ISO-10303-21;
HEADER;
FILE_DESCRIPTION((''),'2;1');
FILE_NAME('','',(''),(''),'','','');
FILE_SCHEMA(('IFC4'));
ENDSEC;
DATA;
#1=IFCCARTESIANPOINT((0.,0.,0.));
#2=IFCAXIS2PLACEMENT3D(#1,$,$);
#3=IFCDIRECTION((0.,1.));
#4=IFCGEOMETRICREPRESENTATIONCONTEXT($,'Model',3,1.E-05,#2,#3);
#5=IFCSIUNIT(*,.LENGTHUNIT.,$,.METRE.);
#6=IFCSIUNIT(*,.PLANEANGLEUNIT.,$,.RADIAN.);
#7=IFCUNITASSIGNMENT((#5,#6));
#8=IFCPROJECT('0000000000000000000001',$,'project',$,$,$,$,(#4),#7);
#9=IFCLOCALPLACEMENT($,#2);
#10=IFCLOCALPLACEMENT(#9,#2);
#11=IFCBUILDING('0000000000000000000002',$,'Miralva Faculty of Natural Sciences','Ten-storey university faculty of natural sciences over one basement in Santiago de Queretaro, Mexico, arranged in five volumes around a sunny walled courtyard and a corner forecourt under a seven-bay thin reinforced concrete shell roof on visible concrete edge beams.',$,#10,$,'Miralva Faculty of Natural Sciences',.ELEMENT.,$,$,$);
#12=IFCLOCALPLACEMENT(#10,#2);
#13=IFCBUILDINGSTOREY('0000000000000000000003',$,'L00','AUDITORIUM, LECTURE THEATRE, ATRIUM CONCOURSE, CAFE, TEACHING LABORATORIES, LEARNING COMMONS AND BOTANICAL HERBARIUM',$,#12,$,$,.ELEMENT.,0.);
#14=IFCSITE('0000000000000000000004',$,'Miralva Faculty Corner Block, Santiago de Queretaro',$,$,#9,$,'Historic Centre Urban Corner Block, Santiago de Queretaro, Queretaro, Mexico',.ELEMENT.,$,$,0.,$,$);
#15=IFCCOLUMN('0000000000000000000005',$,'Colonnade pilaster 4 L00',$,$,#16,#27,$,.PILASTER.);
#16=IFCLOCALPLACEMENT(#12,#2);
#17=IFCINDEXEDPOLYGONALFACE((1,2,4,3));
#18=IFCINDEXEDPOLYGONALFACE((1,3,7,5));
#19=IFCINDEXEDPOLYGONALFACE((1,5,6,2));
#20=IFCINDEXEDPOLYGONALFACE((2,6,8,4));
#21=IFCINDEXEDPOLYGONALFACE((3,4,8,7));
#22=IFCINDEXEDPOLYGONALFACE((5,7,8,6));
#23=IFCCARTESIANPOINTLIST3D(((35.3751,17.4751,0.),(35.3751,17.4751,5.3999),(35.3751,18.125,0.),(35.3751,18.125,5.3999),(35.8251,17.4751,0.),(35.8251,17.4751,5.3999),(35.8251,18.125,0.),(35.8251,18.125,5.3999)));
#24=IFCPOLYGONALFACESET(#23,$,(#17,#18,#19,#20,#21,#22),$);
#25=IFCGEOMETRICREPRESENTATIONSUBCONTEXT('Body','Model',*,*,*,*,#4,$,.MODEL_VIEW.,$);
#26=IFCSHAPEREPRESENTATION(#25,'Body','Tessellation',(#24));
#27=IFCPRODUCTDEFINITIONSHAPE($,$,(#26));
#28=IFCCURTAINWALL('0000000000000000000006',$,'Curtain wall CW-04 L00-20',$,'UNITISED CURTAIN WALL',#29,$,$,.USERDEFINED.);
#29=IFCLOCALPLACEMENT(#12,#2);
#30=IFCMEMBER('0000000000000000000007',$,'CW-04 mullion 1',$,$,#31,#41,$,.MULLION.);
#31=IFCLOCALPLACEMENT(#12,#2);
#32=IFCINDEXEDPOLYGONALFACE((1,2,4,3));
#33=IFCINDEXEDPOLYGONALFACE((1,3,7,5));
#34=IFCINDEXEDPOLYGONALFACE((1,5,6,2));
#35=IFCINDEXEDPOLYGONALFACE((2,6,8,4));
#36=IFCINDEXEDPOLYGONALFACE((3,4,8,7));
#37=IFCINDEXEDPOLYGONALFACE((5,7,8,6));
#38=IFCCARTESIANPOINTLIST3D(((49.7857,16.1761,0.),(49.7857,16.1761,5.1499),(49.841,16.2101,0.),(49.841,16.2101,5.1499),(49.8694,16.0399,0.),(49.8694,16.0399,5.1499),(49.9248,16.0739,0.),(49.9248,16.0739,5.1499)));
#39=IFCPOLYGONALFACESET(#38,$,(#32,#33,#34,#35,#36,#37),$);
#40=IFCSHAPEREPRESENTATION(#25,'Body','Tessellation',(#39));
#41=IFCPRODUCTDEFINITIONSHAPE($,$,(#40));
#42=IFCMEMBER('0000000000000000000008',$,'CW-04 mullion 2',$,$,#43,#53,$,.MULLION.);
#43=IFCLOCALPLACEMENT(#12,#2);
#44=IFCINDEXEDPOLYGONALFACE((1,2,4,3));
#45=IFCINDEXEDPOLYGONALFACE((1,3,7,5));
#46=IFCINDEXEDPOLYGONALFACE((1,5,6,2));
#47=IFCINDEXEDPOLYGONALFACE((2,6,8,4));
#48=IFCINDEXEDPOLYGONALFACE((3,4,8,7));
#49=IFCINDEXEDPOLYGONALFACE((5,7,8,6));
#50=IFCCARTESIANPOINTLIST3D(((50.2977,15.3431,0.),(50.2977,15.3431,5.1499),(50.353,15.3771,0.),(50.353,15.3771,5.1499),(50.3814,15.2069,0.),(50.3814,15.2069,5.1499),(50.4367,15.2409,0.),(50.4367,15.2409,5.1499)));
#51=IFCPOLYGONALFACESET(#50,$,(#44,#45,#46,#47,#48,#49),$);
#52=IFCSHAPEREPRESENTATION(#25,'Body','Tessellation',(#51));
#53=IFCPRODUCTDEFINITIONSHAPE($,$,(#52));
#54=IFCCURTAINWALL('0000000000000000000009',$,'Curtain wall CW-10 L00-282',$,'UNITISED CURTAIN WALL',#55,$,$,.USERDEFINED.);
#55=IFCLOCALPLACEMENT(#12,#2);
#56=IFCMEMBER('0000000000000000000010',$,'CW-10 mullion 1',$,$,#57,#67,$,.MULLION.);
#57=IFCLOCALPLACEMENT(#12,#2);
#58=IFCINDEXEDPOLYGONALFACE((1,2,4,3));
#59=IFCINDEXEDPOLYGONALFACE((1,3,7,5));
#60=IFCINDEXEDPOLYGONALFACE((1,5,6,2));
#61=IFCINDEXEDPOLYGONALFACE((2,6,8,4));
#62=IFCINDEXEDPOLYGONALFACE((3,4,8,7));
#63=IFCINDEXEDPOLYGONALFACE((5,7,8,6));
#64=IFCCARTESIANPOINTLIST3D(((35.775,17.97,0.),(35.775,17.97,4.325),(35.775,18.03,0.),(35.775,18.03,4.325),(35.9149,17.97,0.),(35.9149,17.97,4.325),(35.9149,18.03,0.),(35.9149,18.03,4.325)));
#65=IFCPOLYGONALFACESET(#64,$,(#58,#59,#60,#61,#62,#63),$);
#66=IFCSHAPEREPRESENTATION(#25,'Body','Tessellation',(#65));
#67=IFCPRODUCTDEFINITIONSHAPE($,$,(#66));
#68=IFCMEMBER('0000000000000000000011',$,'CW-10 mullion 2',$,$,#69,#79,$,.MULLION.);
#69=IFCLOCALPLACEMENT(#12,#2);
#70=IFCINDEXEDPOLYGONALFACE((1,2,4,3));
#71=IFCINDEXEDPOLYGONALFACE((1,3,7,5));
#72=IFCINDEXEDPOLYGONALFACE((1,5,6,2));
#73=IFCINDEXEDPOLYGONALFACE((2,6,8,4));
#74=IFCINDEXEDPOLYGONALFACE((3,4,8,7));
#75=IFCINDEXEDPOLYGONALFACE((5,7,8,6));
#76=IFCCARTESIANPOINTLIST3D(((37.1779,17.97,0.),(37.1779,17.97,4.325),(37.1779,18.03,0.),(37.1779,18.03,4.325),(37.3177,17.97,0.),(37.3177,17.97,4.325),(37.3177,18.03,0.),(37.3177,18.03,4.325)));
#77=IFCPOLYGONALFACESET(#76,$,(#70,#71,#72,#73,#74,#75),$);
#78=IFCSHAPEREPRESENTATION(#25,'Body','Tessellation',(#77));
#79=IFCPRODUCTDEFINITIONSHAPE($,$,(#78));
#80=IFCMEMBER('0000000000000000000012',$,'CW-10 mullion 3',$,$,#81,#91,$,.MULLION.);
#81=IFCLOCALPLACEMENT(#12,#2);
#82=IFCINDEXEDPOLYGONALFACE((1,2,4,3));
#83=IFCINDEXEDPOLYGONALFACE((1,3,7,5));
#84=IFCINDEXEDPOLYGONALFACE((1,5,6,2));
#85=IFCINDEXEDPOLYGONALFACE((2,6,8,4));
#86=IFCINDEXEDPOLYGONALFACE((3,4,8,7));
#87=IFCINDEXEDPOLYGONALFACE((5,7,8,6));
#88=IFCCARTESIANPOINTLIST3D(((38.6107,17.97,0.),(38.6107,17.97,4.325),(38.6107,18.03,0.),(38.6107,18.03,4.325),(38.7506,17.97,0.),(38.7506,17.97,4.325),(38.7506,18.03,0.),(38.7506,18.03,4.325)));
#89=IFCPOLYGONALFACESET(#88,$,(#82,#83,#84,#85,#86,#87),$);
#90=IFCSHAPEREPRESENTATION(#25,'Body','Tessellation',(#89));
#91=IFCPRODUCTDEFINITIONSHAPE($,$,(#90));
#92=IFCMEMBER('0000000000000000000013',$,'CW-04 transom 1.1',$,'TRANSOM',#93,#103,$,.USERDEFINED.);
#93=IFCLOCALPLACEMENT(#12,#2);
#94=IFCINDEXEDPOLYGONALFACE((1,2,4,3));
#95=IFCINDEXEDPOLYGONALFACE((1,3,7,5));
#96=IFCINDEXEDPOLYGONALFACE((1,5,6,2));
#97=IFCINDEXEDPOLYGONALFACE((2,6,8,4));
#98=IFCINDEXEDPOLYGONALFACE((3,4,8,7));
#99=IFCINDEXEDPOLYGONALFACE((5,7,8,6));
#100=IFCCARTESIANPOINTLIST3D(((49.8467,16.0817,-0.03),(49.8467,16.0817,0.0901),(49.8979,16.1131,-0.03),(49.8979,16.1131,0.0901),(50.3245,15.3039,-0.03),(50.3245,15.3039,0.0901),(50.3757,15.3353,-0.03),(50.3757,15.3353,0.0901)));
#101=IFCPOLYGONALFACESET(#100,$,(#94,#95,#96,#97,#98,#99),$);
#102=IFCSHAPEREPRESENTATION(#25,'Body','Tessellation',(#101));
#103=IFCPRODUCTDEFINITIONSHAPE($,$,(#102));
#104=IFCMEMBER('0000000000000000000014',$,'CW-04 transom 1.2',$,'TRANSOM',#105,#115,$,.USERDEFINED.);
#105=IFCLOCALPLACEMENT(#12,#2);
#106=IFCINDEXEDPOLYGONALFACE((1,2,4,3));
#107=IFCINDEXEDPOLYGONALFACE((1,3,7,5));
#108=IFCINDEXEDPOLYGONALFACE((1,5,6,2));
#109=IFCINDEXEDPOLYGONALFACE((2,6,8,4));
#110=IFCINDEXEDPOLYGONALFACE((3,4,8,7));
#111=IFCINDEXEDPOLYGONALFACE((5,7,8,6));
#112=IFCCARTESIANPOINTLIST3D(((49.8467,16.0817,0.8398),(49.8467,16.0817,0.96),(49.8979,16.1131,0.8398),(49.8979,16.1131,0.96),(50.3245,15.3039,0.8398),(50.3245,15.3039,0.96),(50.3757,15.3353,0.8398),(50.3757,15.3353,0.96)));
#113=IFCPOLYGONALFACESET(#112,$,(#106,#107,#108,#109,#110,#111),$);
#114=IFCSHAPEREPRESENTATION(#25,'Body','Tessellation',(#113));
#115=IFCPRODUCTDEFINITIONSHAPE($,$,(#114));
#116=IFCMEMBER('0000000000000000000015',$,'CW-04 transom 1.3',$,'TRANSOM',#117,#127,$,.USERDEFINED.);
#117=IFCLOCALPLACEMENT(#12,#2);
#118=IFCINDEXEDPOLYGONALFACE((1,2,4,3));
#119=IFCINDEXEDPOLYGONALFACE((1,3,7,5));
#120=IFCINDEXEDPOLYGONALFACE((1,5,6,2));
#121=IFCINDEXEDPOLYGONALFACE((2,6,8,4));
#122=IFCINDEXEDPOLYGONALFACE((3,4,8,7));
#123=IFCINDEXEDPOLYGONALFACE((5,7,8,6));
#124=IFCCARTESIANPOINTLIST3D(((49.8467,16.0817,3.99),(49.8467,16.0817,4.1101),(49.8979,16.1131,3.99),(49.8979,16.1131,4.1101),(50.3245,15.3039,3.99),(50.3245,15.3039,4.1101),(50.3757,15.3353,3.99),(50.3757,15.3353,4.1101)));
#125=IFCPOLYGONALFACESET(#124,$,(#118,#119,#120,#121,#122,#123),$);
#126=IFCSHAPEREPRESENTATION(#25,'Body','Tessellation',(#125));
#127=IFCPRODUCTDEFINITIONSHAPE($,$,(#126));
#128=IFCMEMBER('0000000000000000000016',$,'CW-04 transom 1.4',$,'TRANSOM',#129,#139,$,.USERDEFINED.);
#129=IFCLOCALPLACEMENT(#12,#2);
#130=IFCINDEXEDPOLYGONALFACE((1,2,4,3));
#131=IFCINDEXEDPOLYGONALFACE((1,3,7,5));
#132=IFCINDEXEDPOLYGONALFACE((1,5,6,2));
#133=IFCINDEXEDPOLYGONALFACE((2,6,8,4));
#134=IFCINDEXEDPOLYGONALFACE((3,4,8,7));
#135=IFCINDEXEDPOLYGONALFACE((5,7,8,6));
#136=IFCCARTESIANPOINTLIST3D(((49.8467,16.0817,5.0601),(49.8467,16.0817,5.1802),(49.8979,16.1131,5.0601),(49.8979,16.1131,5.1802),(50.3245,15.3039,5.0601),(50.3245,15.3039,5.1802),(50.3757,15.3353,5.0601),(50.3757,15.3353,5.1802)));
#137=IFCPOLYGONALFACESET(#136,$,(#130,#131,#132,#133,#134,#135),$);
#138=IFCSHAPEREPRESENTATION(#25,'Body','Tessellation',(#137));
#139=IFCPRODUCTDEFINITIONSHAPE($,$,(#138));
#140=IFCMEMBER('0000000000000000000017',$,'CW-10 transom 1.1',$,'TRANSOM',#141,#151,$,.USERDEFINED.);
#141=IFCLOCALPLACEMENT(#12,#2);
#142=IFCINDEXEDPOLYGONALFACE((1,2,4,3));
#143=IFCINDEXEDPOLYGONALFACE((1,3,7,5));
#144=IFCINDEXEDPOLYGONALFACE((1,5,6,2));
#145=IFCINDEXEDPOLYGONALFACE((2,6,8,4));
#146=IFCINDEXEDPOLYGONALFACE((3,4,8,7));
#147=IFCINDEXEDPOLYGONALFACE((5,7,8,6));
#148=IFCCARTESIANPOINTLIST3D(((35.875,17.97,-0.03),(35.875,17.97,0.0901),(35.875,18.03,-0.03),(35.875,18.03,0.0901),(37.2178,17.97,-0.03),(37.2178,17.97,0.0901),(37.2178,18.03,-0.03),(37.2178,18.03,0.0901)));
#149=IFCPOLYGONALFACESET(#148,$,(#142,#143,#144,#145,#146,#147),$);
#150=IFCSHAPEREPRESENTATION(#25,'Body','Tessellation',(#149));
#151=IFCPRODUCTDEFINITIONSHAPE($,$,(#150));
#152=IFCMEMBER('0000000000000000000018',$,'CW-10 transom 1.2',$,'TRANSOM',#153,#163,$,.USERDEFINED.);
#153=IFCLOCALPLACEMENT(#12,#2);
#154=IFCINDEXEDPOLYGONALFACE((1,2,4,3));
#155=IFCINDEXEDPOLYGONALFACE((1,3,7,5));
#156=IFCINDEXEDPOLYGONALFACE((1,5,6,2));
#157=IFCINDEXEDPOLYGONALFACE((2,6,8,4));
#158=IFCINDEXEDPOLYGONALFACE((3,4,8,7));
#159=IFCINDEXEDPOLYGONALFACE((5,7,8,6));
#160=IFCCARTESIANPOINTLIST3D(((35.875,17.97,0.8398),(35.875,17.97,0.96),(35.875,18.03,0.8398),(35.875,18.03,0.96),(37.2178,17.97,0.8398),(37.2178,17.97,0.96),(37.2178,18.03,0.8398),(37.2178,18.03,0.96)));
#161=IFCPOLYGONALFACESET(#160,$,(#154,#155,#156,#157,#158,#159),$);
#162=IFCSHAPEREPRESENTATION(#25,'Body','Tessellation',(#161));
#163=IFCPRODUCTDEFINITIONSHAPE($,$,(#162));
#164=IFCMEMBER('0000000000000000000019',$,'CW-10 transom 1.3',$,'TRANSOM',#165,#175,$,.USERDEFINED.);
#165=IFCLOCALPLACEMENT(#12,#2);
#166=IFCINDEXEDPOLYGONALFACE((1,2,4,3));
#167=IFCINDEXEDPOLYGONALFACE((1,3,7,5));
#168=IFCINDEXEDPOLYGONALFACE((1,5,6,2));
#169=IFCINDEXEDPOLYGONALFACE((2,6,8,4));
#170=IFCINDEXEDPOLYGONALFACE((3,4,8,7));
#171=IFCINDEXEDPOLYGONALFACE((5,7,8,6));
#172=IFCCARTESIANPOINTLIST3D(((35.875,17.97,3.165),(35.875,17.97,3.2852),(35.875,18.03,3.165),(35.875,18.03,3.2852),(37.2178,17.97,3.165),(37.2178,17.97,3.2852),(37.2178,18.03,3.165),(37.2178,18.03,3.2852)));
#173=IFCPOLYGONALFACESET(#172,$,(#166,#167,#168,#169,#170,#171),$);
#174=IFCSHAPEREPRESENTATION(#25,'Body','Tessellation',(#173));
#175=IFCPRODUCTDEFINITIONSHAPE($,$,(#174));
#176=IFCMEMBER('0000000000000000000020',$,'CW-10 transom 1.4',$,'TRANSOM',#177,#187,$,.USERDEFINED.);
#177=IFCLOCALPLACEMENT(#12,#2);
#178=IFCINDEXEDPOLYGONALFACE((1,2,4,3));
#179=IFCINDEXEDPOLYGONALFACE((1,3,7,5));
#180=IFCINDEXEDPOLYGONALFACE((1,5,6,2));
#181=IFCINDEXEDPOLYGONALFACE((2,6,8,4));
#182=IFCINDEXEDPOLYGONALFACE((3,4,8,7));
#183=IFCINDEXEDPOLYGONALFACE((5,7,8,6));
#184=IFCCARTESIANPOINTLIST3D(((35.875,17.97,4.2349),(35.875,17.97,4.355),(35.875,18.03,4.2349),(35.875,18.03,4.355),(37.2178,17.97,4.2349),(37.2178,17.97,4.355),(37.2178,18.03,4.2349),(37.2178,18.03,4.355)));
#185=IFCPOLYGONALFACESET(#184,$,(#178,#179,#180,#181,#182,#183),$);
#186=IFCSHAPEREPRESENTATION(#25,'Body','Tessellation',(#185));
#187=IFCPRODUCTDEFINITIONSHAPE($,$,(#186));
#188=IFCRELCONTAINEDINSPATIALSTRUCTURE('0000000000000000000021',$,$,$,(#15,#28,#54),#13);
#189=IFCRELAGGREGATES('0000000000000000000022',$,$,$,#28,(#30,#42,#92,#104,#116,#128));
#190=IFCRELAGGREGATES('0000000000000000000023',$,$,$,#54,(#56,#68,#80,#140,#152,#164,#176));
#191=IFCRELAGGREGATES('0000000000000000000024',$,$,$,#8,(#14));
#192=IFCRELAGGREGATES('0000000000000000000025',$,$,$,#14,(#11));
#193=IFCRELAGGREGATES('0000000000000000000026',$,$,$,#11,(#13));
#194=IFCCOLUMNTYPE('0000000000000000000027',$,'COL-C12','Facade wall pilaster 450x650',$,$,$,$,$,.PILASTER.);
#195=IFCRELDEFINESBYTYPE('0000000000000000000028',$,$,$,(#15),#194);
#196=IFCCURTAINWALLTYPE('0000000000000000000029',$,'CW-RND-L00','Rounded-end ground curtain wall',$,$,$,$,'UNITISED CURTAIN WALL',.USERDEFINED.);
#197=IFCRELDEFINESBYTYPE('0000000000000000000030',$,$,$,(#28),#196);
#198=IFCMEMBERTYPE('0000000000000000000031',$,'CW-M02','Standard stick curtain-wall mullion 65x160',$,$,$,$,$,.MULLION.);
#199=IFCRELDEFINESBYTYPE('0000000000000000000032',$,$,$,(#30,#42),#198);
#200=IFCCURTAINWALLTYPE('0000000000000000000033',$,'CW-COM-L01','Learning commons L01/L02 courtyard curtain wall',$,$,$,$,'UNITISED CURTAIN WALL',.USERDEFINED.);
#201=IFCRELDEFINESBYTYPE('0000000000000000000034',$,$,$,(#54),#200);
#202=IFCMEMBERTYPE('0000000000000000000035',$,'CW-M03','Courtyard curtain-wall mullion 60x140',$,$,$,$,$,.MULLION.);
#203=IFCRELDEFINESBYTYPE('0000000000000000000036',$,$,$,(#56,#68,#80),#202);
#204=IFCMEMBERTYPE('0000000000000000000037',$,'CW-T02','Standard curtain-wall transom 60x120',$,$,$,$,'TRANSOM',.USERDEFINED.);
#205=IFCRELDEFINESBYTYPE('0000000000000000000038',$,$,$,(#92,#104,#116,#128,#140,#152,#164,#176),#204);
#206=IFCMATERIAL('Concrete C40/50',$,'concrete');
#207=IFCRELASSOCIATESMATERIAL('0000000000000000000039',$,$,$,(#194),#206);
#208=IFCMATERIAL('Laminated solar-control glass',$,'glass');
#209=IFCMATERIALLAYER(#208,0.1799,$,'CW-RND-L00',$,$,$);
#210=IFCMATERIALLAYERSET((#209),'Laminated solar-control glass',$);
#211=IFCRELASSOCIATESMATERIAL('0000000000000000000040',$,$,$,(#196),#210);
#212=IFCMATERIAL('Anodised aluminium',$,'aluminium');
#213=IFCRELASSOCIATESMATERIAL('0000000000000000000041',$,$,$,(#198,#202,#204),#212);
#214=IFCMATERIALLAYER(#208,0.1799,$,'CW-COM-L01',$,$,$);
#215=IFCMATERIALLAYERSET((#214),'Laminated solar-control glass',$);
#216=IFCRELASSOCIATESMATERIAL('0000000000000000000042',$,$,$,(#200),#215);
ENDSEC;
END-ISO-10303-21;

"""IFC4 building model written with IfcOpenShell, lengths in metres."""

from ifc_helpers import new_model, si_unit, direction, frame, origin, origin_2d, place, context, subcontext, project, spatial, rectangle, extrude, material, layer, layer_set, material_profile, profile_set, type_object, element, aggregate, save


model = new_model("IFC4")

# Units and contexts
model_context = context("Model", 3, precision=1e-05, world=origin(), true_north=direction((0.0, 1.0)))
body_context = subcontext(model_context, "Body", "Model", "MODEL_VIEW")
ifc_project = project(units=[si_unit("LENGTHUNIT", "METRE"), si_unit("PLANEANGLEUNIT", "RADIAN")], contexts=[model_context])

# Site, building, storey
site_placement = place(None, origin())
site = spatial("IfcSite", under=ifc_project, at=site_placement, Name="Miralva Faculty Corner Block, Santiago de Queretaro", LongName="Historic Centre Urban Corner Block, Santiago de Queretaro, Queretaro, Mexico", CompositionType="ELEMENT", RefElevation=0.0)
building_placement = place(site_placement, origin())
building = spatial("IfcBuilding", under=site, at=building_placement, Name="Miralva Faculty of Natural Sciences", Description="Ten-storey university faculty of natural sciences over one basement in Santiago de Queretaro, Mexico, arranged in five volumes around a sunny walled courtyard and a corner forecourt under a seven-bay thin reinforced concrete shell roof on visible concrete edge beams.", LongName="Miralva Faculty of Natural Sciences", CompositionType="ELEMENT")
storey_placement = place(building_placement, origin())
storey = spatial("IfcBuildingStorey", under=building, at=storey_placement, Name="L00", Description="AUDITORIUM, LECTURE THEATRE, ATRIUM CONCOURSE, CAFE, TEACHING LABORATORIES, LEARNING COMMONS AND BOTANICAL HERBARIUM", CompositionType="ELEMENT", Elevation=0.0)

# Column
ifc_material_1 = material(Name="Concrete C40/50", Category="concrete")
ifc_material_profile_1 = material_profile(ifc_material_1, rectangle(XDim=0.45, YDim=0.6499, at=origin_2d()), Name="RC 450x650")
ifc_profile_set_1 = profile_set([ifc_material_profile_1], Name="Concrete C40/50")
column_type = type_object("IfcColumnType", Name="COL-C12", Description="Facade wall pilaster 450x650", PredefinedType="PILASTER", material=ifc_profile_set_1)
column_placement = place(storey_placement, frame((35.6001, 17.8, 0.0), z_axis=(0.0, 0.0, 1.0), x_axis=(1.0, 0.0, 0.0)))
element("IfcColumn", 1, at=column_placement, inside=storey, type_object=column_type, Name="Colonnade pilaster 4 L00", PredefinedType="PILASTER", context=body_context, shape_type="SweptSolid", body=[
    extrude(rectangle(XDim=0.45, YDim=0.6499, at=origin_2d()), origin(), (0.0, 0.0, 1.0), 5.3999),
])

# Curtain walls, members
ifc_material_2 = material(Name="Laminated solar-control glass", Category="glass")
ifc_layer_1 = layer(ifc_material_2, 0.1799, Name="CW-RND-L00")
ifc_layer_set_1 = layer_set([ifc_layer_1], Name="Laminated solar-control glass")
curtain_wall_type_1 = type_object("IfcCurtainWallType", Name="CW-RND-L00", Description="Rounded-end ground curtain wall", ElementType="UNITISED CURTAIN WALL", PredefinedType="USERDEFINED", material=ifc_layer_set_1)
curtain_wall_1_placement = place(storey_placement, origin())
curtain_wall_1 = element("IfcCurtainWall", 2, at=curtain_wall_1_placement, inside=storey, type_object=curtain_wall_type_1, Name="Curtain wall CW-04 L00-20", ObjectType="UNITISED CURTAIN WALL", PredefinedType="USERDEFINED")
ifc_material_3 = material(Name="Anodised aluminium", Category="aluminium")
ifc_material_profile_2 = material_profile(ifc_material_3, rectangle(XDim=0.0649, YDim=0.1599, at=origin_2d()), Name="MULLION 65x160")
ifc_profile_set_2 = profile_set([ifc_material_profile_2], Name="Anodised aluminium")
member_type_1 = type_object("IfcMemberType", Name="CW-M02", Description="Standard stick curtain-wall mullion 65x160", PredefinedType="MULLION", material=ifc_profile_set_2)
member_1_placement = place(storey_placement, frame((49.8552, 16.125, 0.0), z_axis=(0.0, 0.0, 1.0), x_axis=(0.851995, 0.523551, 0.0)))
member_1 = element("IfcMember", 3, at=member_1_placement, type_object=member_type_1, Name="CW-04 mullion 1", PredefinedType="MULLION", context=body_context, shape_type="SweptSolid", body=[
    extrude(rectangle(XDim=0.0649, YDim=0.1599, at=origin_2d()), origin(), (0.0, 0.0, 1.0), 5.1499),
])
member_2_placement = place(storey_placement, frame((50.3672, 15.292, 0.0), z_axis=(0.0, 0.0, 1.0), x_axis=(0.851995, 0.523551, 0.0)))
member_2 = element("IfcMember", 4, at=member_2_placement, type_object=member_type_1, Name="CW-04 mullion 2", PredefinedType="MULLION", context=body_context, shape_type="SweptSolid", body=[
    extrude(rectangle(XDim=0.0649, YDim=0.1599, at=origin_2d()), origin(), (0.0, 0.0, 1.0), 5.1499),
])
ifc_layer_2 = layer(ifc_material_2, 0.1799, Name="CW-COM-L01")
ifc_layer_set_2 = layer_set([ifc_layer_2], Name="Laminated solar-control glass")
curtain_wall_type_2 = type_object("IfcCurtainWallType", Name="CW-COM-L01", Description="Learning commons L01/L02 courtyard curtain wall", ElementType="UNITISED CURTAIN WALL", PredefinedType="USERDEFINED", material=ifc_layer_set_2)
curtain_wall_2_placement = place(storey_placement, origin())
curtain_wall_2 = element("IfcCurtainWall", 5, at=curtain_wall_2_placement, inside=storey, type_object=curtain_wall_type_2, Name="Curtain wall CW-10 L00-282", ObjectType="UNITISED CURTAIN WALL", PredefinedType="USERDEFINED")
ifc_material_profile_3 = material_profile(ifc_material_3, rectangle(XDim=0.0601, YDim=0.1399, at=origin_2d()), Name="MULLION 60x140")
ifc_profile_set_3 = profile_set([ifc_material_profile_3], Name="Anodised aluminium")
member_type_2 = type_object("IfcMemberType", Name="CW-M03", Description="Courtyard curtain-wall mullion 60x140", PredefinedType="MULLION", material=ifc_profile_set_3)
member_3_placement = place(storey_placement, frame((35.845, 18.0, 0.0), z_axis=(0.0, 0.0, 1.0), x_axis=(0.0, 1.0, 0.0)))
member_3 = element("IfcMember", 6, at=member_3_placement, type_object=member_type_2, Name="CW-10 mullion 1", PredefinedType="MULLION", context=body_context, shape_type="SweptSolid", body=[
    extrude(rectangle(XDim=0.0601, YDim=0.1399, at=origin_2d()), origin(), (0.0, 0.0, 1.0), 4.325),
])
member_4_placement = place(storey_placement, frame((37.2478, 18.0, 0.0), z_axis=(0.0, 0.0, 1.0), x_axis=(0.0, 1.0, 0.0)))
member_4 = element("IfcMember", 7, at=member_4_placement, type_object=member_type_2, Name="CW-10 mullion 2", PredefinedType="MULLION", context=body_context, shape_type="SweptSolid", body=[
    extrude(rectangle(XDim=0.0601, YDim=0.1399, at=origin_2d()), origin(), (0.0, 0.0, 1.0), 4.325),
])
member_5_placement = place(storey_placement, frame((38.6807, 18.0, 0.0), z_axis=(0.0, 0.0, 1.0), x_axis=(0.0, 1.0, 0.0)))
member_5 = element("IfcMember", 8, at=member_5_placement, type_object=member_type_2, Name="CW-10 mullion 3", PredefinedType="MULLION", context=body_context, shape_type="SweptSolid", body=[
    extrude(rectangle(XDim=0.0601, YDim=0.1399, at=origin_2d()), origin(), (0.0, 0.0, 1.0), 4.325),
])

# Members
ifc_material_profile_4 = material_profile(ifc_material_3, rectangle(XDim=0.0601, YDim=0.1201, at=origin_2d()), Name="TRANSOM 60x120")
ifc_profile_set_4 = profile_set([ifc_material_profile_4], Name="Anodised aluminium")
member_type_3 = type_object("IfcMemberType", Name="CW-T02", Description="Standard curtain-wall transom 60x120", ElementType="TRANSOM", PredefinedType="USERDEFINED", material=ifc_profile_set_4)
member_6_placement = place(storey_placement, frame((49.8723, 16.0974, 0.03), z_axis=(0.523396, -0.85209, 0.0), x_axis=(0.85209, 0.523396, 0.0)))
member_6 = element("IfcMember", 9, at=member_6_placement, type_object=member_type_3, Name="CW-04 transom 1.1", ObjectType="TRANSOM", PredefinedType="USERDEFINED", context=body_context, shape_type="SweptSolid", body=[
    extrude(rectangle(XDim=0.0601, YDim=0.1201, at=origin_2d()), origin(), (0.0, 0.0, 1.0), 0.9128),
])
member_7_placement = place(storey_placement, frame((49.8723, 16.0974, 0.8999), z_axis=(0.523396, -0.85209, 0.0), x_axis=(0.85209, 0.523396, 0.0)))
member_7 = element("IfcMember", 10, at=member_7_placement, type_object=member_type_3, Name="CW-04 transom 1.2", ObjectType="TRANSOM", PredefinedType="USERDEFINED", context=body_context, shape_type="SweptSolid", body=[
    extrude(rectangle(XDim=0.0601, YDim=0.1201, at=origin_2d()), origin(), (0.0, 0.0, 1.0), 0.9128),
])
member_8_placement = place(storey_placement, frame((49.8723, 16.0974, 4.05), z_axis=(0.523396, -0.85209, 0.0), x_axis=(0.85209, 0.523396, 0.0)))
member_8 = element("IfcMember", 11, at=member_8_placement, type_object=member_type_3, Name="CW-04 transom 1.3", ObjectType="TRANSOM", PredefinedType="USERDEFINED", context=body_context, shape_type="SweptSolid", body=[
    extrude(rectangle(XDim=0.0601, YDim=0.1201, at=origin_2d()), origin(), (0.0, 0.0, 1.0), 0.9128),
])
member_9_placement = place(storey_placement, frame((49.8723, 16.0974, 5.1201), z_axis=(0.523396, -0.85209, 0.0), x_axis=(0.85209, 0.523396, 0.0)))
member_9 = element("IfcMember", 12, at=member_9_placement, type_object=member_type_3, Name="CW-04 transom 1.4", ObjectType="TRANSOM", PredefinedType="USERDEFINED", context=body_context, shape_type="SweptSolid", body=[
    extrude(rectangle(XDim=0.0601, YDim=0.1201, at=origin_2d()), origin(), (0.0, 0.0, 1.0), 0.9128),
])
member_10_placement = place(storey_placement, frame((35.875, 18.0, 0.03), z_axis=(1.0, 0.0, 0.0), x_axis=(0.0, 1.0, 0.0)))
member_10 = element("IfcMember", 13, at=member_10_placement, type_object=member_type_3, Name="CW-10 transom 1.1", ObjectType="TRANSOM", PredefinedType="USERDEFINED", context=body_context, shape_type="SweptSolid", body=[
    extrude(rectangle(XDim=0.0601, YDim=0.1201, at=origin_2d()), origin(), (0.0, 0.0, 1.0), 1.3428),
])
member_11_placement = place(storey_placement, frame((35.875, 18.0, 0.8999), z_axis=(1.0, 0.0, 0.0), x_axis=(0.0, 1.0, 0.0)))
member_11 = element("IfcMember", 14, at=member_11_placement, type_object=member_type_3, Name="CW-10 transom 1.2", ObjectType="TRANSOM", PredefinedType="USERDEFINED", context=body_context, shape_type="SweptSolid", body=[
    extrude(rectangle(XDim=0.0601, YDim=0.1201, at=origin_2d()), origin(), (0.0, 0.0, 1.0), 1.3428),
])
member_12_placement = place(storey_placement, frame((35.875, 18.0, 3.2251), z_axis=(1.0, 0.0, 0.0), x_axis=(0.0, 1.0, 0.0)))
member_12 = element("IfcMember", 15, at=member_12_placement, type_object=member_type_3, Name="CW-10 transom 1.3", ObjectType="TRANSOM", PredefinedType="USERDEFINED", context=body_context, shape_type="SweptSolid", body=[
    extrude(rectangle(XDim=0.0601, YDim=0.1201, at=origin_2d()), origin(), (0.0, 0.0, 1.0), 1.3428),
])
member_13_placement = place(storey_placement, frame((35.875, 18.0, 4.2949), z_axis=(1.0, 0.0, 0.0), x_axis=(0.0, 1.0, 0.0)))
member_13 = element("IfcMember", 16, at=member_13_placement, type_object=member_type_3, Name="CW-10 transom 1.4", ObjectType="TRANSOM", PredefinedType="USERDEFINED", context=body_context, shape_type="SweptSolid", body=[
    extrude(rectangle(XDim=0.0601, YDim=0.1201, at=origin_2d()), origin(), (0.0, 0.0, 1.0), 1.3428),
])

aggregate(curtain_wall_1, [member_1, member_2, member_6, member_7, member_8, member_9])
aggregate(curtain_wall_2, [member_3, member_4, member_5, member_10, member_11, member_12, member_13])

save(model, "model.ifc")
